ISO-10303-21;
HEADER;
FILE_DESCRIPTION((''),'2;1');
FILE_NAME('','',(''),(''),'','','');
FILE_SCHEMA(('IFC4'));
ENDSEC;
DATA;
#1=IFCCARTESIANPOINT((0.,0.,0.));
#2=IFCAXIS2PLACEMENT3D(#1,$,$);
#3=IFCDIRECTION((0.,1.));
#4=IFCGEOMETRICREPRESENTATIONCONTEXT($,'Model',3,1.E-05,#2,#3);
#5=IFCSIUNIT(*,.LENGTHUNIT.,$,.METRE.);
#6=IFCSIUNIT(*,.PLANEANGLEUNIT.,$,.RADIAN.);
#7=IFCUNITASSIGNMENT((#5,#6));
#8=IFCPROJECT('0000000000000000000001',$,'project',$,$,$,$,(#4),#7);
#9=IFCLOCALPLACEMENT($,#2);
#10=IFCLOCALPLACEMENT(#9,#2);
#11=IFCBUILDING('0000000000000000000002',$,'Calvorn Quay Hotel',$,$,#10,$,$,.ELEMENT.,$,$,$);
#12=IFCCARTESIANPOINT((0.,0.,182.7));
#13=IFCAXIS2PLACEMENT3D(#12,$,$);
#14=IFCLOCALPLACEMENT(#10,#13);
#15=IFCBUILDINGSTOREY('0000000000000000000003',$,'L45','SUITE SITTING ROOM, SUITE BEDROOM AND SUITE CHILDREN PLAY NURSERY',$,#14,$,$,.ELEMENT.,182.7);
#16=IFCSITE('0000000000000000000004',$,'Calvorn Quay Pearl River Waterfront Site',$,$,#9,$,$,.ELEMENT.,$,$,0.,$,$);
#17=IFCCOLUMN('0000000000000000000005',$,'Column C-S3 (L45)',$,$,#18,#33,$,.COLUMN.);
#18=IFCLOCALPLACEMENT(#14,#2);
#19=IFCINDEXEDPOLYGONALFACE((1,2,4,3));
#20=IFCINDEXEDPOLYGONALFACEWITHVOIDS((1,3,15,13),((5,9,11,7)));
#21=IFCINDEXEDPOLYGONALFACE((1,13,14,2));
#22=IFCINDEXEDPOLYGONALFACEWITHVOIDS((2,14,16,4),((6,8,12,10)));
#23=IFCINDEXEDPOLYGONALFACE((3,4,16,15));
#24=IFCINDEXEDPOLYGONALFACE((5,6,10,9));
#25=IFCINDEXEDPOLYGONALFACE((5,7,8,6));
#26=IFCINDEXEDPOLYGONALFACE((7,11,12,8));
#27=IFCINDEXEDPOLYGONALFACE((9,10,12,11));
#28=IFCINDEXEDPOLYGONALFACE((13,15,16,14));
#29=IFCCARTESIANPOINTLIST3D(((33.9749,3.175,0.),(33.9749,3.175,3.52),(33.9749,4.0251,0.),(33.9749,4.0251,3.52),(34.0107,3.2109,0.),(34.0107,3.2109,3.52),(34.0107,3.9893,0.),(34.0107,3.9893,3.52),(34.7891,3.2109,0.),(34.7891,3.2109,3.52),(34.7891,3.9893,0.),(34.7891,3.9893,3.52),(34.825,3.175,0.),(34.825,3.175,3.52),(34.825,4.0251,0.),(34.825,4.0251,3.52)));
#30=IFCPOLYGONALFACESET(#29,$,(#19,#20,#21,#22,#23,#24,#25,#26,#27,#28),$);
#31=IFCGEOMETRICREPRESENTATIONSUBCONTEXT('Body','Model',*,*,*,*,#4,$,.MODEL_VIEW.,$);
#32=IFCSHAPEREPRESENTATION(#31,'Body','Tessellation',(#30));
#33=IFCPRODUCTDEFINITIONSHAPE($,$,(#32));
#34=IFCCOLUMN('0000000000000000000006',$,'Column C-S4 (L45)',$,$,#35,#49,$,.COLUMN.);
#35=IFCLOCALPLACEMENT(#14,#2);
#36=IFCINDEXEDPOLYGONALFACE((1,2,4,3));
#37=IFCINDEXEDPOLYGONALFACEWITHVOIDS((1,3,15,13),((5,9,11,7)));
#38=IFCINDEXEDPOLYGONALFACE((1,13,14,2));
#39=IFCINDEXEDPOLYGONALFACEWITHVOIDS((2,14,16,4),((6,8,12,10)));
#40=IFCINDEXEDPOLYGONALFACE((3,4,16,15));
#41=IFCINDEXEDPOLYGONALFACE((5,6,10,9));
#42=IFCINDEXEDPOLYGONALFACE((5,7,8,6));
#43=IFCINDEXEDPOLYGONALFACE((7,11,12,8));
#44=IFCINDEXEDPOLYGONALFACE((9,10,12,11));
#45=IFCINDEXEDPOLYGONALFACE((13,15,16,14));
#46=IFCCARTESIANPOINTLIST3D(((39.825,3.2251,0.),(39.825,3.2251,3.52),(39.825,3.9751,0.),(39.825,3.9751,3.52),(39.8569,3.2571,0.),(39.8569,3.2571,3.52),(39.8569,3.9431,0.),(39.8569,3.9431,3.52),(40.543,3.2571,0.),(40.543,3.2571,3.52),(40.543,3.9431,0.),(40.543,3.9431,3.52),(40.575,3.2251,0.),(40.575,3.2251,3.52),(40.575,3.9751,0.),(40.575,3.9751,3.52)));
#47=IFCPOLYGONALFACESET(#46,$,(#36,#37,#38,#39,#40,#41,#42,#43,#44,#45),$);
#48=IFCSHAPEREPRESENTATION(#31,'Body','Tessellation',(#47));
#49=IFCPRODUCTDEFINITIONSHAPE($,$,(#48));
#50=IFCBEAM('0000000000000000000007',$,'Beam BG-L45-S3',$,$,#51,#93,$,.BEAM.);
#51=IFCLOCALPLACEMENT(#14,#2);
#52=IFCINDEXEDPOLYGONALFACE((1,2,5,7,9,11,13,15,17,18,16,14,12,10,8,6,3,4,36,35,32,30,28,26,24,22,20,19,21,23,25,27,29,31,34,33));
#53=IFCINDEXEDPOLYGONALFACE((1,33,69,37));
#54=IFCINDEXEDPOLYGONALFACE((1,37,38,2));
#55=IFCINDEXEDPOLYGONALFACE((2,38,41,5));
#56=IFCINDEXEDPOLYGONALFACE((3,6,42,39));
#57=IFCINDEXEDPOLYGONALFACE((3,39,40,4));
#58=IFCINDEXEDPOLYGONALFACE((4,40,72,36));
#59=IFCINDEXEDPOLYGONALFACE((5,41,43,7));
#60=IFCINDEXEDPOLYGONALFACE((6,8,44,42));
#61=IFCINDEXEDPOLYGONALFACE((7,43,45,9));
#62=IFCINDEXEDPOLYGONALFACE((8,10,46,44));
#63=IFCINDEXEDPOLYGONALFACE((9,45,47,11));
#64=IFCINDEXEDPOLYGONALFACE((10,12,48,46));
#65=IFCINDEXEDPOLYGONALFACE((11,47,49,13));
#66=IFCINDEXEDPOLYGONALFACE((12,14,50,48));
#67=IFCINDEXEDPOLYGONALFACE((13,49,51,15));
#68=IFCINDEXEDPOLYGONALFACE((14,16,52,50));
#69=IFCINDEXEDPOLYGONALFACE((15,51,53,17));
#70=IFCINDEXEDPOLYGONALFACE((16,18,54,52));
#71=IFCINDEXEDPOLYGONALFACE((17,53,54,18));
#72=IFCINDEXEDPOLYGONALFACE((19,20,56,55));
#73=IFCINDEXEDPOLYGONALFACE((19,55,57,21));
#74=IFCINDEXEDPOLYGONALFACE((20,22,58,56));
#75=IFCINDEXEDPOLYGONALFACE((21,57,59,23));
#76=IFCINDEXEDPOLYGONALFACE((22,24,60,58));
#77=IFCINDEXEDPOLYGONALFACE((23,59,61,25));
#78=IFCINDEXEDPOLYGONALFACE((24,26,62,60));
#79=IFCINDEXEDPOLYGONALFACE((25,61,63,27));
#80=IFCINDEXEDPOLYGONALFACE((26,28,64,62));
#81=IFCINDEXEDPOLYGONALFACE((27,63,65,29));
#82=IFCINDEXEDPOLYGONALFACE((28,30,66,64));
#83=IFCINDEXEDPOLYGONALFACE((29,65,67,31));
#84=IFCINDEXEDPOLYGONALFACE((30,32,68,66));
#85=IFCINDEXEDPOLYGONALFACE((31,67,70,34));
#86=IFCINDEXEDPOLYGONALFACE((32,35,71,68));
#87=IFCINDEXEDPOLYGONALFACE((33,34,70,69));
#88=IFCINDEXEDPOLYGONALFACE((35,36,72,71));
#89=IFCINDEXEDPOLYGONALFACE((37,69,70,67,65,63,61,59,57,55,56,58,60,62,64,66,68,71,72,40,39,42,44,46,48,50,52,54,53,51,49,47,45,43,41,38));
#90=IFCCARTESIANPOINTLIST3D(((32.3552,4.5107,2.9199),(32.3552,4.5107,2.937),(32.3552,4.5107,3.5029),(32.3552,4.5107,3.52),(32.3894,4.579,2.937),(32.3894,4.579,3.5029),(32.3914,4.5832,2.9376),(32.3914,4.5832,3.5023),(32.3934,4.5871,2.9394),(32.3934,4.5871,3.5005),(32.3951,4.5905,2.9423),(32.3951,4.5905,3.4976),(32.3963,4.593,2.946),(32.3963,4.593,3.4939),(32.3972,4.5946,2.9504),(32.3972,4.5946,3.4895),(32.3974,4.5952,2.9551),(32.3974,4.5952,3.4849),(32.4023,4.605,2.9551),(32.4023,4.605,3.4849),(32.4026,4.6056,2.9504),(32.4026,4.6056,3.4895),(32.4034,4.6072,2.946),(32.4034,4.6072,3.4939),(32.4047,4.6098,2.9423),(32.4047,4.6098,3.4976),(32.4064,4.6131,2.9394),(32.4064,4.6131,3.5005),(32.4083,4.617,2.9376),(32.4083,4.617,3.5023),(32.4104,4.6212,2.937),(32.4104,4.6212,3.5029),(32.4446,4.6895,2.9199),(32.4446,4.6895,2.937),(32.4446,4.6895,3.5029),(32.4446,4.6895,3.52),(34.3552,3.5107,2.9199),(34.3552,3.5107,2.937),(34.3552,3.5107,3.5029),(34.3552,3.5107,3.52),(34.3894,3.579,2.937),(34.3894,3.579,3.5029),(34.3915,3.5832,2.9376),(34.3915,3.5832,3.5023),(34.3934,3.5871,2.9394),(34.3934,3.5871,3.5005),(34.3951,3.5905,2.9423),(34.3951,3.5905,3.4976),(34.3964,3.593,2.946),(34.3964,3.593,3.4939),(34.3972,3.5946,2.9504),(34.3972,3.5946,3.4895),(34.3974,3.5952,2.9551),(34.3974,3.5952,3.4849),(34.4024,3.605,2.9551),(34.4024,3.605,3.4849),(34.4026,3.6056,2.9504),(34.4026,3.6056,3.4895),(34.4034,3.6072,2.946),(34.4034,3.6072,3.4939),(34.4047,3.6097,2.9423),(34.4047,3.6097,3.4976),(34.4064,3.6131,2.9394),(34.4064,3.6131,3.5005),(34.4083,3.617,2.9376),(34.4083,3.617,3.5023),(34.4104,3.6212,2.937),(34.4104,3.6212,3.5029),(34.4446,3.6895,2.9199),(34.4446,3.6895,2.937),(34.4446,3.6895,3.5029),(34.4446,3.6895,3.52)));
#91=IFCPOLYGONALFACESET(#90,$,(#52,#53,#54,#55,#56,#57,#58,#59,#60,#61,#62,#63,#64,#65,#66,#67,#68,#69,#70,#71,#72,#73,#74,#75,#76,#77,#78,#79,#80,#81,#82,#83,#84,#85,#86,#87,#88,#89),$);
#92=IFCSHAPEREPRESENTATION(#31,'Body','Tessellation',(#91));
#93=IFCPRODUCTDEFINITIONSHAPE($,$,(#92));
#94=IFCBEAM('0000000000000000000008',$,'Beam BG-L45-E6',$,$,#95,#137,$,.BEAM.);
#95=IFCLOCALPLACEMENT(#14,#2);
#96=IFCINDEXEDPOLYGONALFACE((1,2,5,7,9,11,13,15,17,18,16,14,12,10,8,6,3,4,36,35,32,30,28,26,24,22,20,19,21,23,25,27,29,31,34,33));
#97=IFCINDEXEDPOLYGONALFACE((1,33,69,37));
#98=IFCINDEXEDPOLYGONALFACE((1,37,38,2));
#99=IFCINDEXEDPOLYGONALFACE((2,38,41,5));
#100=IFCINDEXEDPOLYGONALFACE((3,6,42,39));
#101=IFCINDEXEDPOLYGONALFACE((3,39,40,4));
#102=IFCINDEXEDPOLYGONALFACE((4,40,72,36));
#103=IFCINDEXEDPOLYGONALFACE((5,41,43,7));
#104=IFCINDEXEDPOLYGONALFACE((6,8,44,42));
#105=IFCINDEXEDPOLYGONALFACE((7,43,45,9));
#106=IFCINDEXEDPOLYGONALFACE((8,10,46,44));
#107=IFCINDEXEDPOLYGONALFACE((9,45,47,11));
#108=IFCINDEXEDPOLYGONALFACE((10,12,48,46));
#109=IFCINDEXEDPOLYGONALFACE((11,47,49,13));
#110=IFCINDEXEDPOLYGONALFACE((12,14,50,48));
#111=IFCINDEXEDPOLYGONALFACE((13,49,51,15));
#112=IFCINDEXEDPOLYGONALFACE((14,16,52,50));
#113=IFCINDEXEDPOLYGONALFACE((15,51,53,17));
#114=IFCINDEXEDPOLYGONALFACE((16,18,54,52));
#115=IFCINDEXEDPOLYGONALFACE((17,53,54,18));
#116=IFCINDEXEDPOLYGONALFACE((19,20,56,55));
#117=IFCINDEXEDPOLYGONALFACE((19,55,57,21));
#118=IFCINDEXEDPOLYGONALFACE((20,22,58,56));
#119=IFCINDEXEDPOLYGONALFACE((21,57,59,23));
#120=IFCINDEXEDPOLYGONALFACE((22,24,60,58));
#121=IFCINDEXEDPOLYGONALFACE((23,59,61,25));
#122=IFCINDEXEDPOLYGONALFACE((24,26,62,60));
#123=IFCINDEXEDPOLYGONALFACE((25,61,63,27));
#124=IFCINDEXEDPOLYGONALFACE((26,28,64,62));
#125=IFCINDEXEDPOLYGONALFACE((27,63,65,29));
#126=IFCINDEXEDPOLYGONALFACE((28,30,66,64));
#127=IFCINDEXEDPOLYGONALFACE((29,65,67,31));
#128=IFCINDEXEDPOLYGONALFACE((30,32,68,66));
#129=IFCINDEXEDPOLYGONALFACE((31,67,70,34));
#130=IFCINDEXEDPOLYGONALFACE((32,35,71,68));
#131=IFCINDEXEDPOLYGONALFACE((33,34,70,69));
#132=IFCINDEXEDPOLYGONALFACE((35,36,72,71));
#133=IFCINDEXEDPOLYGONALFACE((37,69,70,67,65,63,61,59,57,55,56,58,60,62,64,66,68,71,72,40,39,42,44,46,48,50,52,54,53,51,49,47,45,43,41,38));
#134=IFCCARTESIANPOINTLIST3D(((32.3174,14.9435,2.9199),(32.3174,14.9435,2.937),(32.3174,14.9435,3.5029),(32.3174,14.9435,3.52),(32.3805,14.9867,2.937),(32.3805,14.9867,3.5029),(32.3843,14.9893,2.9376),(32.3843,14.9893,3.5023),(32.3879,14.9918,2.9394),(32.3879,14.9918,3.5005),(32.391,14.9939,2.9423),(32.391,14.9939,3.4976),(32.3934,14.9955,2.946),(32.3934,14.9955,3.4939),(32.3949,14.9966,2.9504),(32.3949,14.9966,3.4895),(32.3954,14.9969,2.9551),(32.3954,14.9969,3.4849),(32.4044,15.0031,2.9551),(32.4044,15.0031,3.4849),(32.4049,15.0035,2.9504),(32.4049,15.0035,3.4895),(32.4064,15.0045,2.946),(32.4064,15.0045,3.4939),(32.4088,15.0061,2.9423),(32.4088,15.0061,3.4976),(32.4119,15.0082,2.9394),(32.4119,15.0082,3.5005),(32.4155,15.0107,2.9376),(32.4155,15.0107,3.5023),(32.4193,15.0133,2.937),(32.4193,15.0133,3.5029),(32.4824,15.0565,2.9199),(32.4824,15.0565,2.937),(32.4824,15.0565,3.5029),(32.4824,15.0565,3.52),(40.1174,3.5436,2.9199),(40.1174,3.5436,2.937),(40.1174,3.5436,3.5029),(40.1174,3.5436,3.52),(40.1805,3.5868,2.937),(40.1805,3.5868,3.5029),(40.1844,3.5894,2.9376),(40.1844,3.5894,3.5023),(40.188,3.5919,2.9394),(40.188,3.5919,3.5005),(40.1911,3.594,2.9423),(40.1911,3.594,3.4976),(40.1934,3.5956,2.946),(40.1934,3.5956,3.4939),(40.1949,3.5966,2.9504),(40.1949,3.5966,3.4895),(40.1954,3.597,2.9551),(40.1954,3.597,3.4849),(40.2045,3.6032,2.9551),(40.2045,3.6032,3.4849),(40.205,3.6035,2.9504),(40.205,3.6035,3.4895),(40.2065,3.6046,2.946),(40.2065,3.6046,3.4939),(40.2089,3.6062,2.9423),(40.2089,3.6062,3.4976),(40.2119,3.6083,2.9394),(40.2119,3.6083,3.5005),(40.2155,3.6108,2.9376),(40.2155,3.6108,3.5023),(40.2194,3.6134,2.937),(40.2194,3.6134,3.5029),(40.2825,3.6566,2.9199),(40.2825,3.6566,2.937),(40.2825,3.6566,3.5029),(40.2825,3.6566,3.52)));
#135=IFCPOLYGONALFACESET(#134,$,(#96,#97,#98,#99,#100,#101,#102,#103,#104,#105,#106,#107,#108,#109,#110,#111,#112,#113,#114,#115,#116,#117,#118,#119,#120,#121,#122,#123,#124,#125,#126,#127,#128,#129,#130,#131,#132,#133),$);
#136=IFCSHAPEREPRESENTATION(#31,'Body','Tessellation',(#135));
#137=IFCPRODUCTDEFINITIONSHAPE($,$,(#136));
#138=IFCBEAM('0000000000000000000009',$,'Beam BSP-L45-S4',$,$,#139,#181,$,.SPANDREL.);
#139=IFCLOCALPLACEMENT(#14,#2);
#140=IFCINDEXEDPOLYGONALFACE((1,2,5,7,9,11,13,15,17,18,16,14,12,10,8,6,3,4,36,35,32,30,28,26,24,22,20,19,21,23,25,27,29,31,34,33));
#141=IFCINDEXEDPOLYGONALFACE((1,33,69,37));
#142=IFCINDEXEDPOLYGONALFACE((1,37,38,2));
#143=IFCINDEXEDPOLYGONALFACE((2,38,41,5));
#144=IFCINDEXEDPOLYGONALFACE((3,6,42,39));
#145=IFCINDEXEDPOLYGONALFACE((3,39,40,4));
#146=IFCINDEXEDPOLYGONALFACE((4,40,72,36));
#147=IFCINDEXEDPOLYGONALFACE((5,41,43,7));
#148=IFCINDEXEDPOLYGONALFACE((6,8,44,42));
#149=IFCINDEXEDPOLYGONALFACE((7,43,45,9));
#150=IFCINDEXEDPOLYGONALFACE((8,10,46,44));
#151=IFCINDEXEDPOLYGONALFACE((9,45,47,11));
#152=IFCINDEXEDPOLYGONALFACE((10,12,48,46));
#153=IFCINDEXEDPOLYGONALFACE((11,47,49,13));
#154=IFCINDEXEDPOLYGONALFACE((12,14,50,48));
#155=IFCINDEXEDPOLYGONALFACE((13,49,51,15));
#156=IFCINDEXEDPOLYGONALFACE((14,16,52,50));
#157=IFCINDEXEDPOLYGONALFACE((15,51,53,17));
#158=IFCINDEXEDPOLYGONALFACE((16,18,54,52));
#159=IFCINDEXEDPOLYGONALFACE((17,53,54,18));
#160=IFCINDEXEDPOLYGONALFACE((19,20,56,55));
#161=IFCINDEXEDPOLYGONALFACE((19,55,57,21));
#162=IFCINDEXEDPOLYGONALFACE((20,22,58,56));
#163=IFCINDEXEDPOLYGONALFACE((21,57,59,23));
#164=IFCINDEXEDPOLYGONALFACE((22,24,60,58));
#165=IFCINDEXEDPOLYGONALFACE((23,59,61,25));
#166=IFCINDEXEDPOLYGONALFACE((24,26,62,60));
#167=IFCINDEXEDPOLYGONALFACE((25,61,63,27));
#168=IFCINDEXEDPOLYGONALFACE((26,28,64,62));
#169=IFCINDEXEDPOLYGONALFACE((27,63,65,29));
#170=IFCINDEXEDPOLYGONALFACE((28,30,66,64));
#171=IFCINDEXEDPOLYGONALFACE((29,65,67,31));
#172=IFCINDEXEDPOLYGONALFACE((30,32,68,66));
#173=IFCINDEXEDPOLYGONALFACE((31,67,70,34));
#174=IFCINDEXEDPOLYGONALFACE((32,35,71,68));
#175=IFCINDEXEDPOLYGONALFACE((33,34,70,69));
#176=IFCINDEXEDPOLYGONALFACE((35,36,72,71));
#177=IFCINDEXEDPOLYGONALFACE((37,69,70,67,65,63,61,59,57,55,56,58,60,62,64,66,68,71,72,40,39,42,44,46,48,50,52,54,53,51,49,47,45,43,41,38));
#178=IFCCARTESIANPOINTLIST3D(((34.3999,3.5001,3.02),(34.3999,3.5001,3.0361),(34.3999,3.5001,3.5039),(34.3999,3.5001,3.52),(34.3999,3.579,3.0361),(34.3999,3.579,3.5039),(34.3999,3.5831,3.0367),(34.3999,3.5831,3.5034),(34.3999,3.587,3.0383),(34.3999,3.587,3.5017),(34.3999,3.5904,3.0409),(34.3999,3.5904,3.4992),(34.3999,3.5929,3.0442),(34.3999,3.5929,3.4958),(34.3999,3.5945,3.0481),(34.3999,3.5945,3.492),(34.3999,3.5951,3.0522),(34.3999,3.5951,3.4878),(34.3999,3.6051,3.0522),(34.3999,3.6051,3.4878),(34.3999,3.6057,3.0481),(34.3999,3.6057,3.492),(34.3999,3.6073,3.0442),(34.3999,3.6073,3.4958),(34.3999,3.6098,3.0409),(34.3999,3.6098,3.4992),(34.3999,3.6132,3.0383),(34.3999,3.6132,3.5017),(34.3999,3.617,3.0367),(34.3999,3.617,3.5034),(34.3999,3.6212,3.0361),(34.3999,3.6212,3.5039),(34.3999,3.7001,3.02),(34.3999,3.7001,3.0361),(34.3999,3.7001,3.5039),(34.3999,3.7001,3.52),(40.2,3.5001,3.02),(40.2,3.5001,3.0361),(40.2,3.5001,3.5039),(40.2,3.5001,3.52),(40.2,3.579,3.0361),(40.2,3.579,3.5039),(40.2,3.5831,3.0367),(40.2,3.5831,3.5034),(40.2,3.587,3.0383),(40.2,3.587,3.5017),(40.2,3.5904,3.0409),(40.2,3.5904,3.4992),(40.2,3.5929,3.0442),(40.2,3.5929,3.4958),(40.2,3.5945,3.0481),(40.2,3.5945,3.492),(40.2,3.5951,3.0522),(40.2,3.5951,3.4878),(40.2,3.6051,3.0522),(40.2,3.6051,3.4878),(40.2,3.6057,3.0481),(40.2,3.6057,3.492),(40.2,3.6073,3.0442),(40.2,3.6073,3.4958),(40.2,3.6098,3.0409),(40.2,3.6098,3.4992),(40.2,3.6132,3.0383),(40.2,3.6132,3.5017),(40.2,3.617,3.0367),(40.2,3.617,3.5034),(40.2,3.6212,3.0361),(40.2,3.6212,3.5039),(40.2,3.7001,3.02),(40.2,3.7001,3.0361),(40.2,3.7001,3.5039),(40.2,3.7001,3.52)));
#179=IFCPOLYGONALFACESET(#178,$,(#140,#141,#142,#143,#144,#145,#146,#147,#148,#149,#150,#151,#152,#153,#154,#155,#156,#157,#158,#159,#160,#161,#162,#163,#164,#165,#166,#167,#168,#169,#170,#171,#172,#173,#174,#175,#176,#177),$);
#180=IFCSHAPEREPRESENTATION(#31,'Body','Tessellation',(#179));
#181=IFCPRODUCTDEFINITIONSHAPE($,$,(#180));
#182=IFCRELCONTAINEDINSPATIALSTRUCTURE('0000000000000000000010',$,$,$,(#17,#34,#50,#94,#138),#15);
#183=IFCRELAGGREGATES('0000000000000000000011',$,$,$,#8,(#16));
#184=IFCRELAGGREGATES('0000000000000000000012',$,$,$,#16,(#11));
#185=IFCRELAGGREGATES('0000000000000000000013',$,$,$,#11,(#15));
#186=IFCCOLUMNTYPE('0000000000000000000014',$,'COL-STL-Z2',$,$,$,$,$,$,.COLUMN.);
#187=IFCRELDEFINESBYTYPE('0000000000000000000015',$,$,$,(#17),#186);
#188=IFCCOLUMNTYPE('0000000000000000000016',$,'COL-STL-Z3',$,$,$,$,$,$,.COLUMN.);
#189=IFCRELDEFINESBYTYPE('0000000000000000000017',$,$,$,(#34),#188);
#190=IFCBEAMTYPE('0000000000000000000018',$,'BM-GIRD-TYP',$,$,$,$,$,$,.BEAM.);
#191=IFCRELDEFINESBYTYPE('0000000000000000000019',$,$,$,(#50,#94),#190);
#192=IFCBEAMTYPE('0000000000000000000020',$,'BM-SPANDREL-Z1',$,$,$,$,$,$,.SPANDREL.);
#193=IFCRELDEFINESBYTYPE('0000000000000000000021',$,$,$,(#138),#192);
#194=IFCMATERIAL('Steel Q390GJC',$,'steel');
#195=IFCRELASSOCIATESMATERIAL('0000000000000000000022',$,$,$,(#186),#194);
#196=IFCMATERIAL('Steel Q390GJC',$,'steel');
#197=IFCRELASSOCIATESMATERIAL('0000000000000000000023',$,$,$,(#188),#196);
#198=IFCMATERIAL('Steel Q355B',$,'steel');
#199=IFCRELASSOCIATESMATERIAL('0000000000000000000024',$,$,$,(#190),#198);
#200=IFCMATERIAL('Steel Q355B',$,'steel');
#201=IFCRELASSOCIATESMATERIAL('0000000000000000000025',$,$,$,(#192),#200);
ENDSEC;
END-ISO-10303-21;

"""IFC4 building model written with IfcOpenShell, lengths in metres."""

from ifc_helpers import new_model, si_unit, direction, frame, origin, origin_2d, place, context, subcontext, project, spatial, hollow_rectangle, i_section, extrude, material, material_profile, profile_set, type_object, element, save


model = new_model("IFC4")

# Units and contexts
model_context = context("Model", 3, precision=1e-05, world=origin(), true_north=direction((0.0, 1.0)))
body_context = subcontext(model_context, "Body", "Model", "MODEL_VIEW")
ifc_project = project(units=[si_unit("LENGTHUNIT", "METRE"), si_unit("PLANEANGLEUNIT", "RADIAN")], contexts=[model_context])

# Site, building, storey
site_placement = place(None, origin())
site = spatial("IfcSite", under=ifc_project, at=site_placement, Name="Calvorn Quay Pearl River Waterfront Site", CompositionType="ELEMENT", RefElevation=0.0)
building_placement = place(site_placement, origin())
building = spatial("IfcBuilding", under=site, at=building_placement, Name="Calvorn Quay Hotel", CompositionType="ELEMENT")
storey_placement = place(building_placement, frame((0.0, 0.0, 182.7)))
storey = spatial("IfcBuildingStorey", under=building, at=storey_placement, Name="L45", Description="SUITE SITTING ROOM, SUITE BEDROOM AND SUITE CHILDREN PLAY NURSERY", CompositionType="ELEMENT", Elevation=182.7)

# Columns
ifc_material_1 = material(Name="Steel Q390GJC", Category="steel")
ifc_material_profile_1 = material_profile(ifc_material_1, hollow_rectangle(XDim=0.8501, YDim=0.8501, WallThickness=0.0359, at=origin_2d()), Name="BOX850x850x36")
ifc_profile_set_1 = profile_set([ifc_material_profile_1], Name="Steel Q390GJC")
column_type_1 = type_object("IfcColumnType", Name="COL-STL-Z2", PredefinedType="COLUMN", material=ifc_profile_set_1)
column_1_placement = place(storey_placement, frame((34.3999, 3.6001, 0.0), z_axis=(0.0, 0.0, 1.0), x_axis=(1.0, 0.0, 0.0)))
element("IfcColumn", 1, at=column_1_placement, inside=storey, type_object=column_type_1, Name="Column C-S3 (L45)", PredefinedType="COLUMN", context=body_context, shape_type="SweptSolid", body=[
    extrude(hollow_rectangle(XDim=0.8501, YDim=0.8501, WallThickness=0.0359, at=origin_2d()), origin(), (0.0, 0.0, 1.0), 3.52),
])
ifc_material_2 = material(Name="Steel Q390GJC", Category="steel")
ifc_material_profile_2 = material_profile(ifc_material_2, hollow_rectangle(XDim=0.75, YDim=0.75, WallThickness=0.032, at=origin_2d()), Name="BOX750x750x32")
ifc_profile_set_2 = profile_set([ifc_material_profile_2], Name="Steel Q390GJC")
column_type_2 = type_object("IfcColumnType", Name="COL-STL-Z3", PredefinedType="COLUMN", material=ifc_profile_set_2)
column_2_placement = place(storey_placement, frame((40.2, 3.6001, 0.0), z_axis=(0.0, 0.0, 1.0), x_axis=(1.0, 0.0, 0.0)))
element("IfcColumn", 2, at=column_2_placement, inside=storey, type_object=column_type_2, Name="Column C-S4 (L45)", PredefinedType="COLUMN", context=body_context, shape_type="SweptSolid", body=[
    extrude(hollow_rectangle(XDim=0.75, YDim=0.75, WallThickness=0.032, at=origin_2d()), origin(), (0.0, 0.0, 1.0), 3.52),
])

# Beams
ifc_material_3 = material(Name="Steel Q355B", Category="steel")
ifc_material_profile_3 = material_profile(ifc_material_3, i_section(OverallWidth=0.2, OverallDepth=0.6001, WebThickness=0.011, FlangeThickness=0.0171, FilletRadius=0.0181, at=origin_2d()), Name="HN600x200x11x17")
ifc_profile_set_3 = profile_set([ifc_material_profile_3], Name="Steel Q355B")
beam_type_1 = type_object("IfcBeamType", Name="BM-GIRD-TYP", PredefinedType="BEAM", material=ifc_profile_set_3)
beam_1_placement = place(storey_placement, frame((34.3999, 3.6001, 3.22), z_axis=(-0.894427, 0.447214, 0.0), x_axis=(-0.447214, -0.894427, 0.0)))
element("IfcBeam", 3, at=beam_1_placement, inside=storey, type_object=beam_type_1, Name="Beam BG-L45-S3", PredefinedType="BEAM", context=body_context, shape_type="SweptSolid", body=[
    extrude(i_section(OverallWidth=0.2, OverallDepth=0.6001, WebThickness=0.011, FlangeThickness=0.0171, FilletRadius=0.0181, at=origin_2d()), origin(), (0.0, 0.0, 1.0), 2.2361),
])
beam_2_placement = place(storey_placement, frame((40.2, 3.6001, 3.22), z_axis=(-0.56469, 0.825303, 0.0), x_axis=(-0.825303, -0.56469, 0.0)))
element("IfcBeam", 4, at=beam_2_placement, inside=storey, type_object=beam_type_1, Name="Beam BG-L45-E6", PredefinedType="BEAM", context=body_context, shape_type="SweptSolid", body=[
    extrude(i_section(OverallWidth=0.2, OverallDepth=0.6001, WebThickness=0.011, FlangeThickness=0.0171, FilletRadius=0.0181, at=origin_2d()), origin(), (0.0, 0.0, 1.0), 13.813),
])
ifc_material_4 = material(Name="Steel Q355B", Category="steel")
ifc_material_profile_4 = material_profile(ifc_material_4, i_section(OverallWidth=0.2, OverallDepth=0.5, WebThickness=0.01, FlangeThickness=0.0161, FilletRadius=0.0161, at=origin_2d()), Name="HN500x200x10x16")
ifc_profile_set_4 = profile_set([ifc_material_profile_4], Name="Steel Q355B")
beam_type_2 = type_object("IfcBeamType", Name="BM-SPANDREL-Z1", PredefinedType="SPANDREL", material=ifc_profile_set_4)
beam_3_placement = place(storey_placement, frame((34.3999, 3.6001, 3.27), z_axis=(1.0, 0.0, 0.0), x_axis=(0.0, 1.0, 0.0)))
element("IfcBeam", 5, at=beam_3_placement, inside=storey, type_object=beam_type_2, Name="Beam BSP-L45-S4", PredefinedType="SPANDREL", context=body_context, shape_type="SweptSolid", body=[
    extrude(i_section(OverallWidth=0.2, OverallDepth=0.5, WebThickness=0.01, FlangeThickness=0.0161, FilletRadius=0.0161, at=origin_2d()), origin(), (0.0, 0.0, 1.0), 5.8),
])

save(model, "model.ifc")
